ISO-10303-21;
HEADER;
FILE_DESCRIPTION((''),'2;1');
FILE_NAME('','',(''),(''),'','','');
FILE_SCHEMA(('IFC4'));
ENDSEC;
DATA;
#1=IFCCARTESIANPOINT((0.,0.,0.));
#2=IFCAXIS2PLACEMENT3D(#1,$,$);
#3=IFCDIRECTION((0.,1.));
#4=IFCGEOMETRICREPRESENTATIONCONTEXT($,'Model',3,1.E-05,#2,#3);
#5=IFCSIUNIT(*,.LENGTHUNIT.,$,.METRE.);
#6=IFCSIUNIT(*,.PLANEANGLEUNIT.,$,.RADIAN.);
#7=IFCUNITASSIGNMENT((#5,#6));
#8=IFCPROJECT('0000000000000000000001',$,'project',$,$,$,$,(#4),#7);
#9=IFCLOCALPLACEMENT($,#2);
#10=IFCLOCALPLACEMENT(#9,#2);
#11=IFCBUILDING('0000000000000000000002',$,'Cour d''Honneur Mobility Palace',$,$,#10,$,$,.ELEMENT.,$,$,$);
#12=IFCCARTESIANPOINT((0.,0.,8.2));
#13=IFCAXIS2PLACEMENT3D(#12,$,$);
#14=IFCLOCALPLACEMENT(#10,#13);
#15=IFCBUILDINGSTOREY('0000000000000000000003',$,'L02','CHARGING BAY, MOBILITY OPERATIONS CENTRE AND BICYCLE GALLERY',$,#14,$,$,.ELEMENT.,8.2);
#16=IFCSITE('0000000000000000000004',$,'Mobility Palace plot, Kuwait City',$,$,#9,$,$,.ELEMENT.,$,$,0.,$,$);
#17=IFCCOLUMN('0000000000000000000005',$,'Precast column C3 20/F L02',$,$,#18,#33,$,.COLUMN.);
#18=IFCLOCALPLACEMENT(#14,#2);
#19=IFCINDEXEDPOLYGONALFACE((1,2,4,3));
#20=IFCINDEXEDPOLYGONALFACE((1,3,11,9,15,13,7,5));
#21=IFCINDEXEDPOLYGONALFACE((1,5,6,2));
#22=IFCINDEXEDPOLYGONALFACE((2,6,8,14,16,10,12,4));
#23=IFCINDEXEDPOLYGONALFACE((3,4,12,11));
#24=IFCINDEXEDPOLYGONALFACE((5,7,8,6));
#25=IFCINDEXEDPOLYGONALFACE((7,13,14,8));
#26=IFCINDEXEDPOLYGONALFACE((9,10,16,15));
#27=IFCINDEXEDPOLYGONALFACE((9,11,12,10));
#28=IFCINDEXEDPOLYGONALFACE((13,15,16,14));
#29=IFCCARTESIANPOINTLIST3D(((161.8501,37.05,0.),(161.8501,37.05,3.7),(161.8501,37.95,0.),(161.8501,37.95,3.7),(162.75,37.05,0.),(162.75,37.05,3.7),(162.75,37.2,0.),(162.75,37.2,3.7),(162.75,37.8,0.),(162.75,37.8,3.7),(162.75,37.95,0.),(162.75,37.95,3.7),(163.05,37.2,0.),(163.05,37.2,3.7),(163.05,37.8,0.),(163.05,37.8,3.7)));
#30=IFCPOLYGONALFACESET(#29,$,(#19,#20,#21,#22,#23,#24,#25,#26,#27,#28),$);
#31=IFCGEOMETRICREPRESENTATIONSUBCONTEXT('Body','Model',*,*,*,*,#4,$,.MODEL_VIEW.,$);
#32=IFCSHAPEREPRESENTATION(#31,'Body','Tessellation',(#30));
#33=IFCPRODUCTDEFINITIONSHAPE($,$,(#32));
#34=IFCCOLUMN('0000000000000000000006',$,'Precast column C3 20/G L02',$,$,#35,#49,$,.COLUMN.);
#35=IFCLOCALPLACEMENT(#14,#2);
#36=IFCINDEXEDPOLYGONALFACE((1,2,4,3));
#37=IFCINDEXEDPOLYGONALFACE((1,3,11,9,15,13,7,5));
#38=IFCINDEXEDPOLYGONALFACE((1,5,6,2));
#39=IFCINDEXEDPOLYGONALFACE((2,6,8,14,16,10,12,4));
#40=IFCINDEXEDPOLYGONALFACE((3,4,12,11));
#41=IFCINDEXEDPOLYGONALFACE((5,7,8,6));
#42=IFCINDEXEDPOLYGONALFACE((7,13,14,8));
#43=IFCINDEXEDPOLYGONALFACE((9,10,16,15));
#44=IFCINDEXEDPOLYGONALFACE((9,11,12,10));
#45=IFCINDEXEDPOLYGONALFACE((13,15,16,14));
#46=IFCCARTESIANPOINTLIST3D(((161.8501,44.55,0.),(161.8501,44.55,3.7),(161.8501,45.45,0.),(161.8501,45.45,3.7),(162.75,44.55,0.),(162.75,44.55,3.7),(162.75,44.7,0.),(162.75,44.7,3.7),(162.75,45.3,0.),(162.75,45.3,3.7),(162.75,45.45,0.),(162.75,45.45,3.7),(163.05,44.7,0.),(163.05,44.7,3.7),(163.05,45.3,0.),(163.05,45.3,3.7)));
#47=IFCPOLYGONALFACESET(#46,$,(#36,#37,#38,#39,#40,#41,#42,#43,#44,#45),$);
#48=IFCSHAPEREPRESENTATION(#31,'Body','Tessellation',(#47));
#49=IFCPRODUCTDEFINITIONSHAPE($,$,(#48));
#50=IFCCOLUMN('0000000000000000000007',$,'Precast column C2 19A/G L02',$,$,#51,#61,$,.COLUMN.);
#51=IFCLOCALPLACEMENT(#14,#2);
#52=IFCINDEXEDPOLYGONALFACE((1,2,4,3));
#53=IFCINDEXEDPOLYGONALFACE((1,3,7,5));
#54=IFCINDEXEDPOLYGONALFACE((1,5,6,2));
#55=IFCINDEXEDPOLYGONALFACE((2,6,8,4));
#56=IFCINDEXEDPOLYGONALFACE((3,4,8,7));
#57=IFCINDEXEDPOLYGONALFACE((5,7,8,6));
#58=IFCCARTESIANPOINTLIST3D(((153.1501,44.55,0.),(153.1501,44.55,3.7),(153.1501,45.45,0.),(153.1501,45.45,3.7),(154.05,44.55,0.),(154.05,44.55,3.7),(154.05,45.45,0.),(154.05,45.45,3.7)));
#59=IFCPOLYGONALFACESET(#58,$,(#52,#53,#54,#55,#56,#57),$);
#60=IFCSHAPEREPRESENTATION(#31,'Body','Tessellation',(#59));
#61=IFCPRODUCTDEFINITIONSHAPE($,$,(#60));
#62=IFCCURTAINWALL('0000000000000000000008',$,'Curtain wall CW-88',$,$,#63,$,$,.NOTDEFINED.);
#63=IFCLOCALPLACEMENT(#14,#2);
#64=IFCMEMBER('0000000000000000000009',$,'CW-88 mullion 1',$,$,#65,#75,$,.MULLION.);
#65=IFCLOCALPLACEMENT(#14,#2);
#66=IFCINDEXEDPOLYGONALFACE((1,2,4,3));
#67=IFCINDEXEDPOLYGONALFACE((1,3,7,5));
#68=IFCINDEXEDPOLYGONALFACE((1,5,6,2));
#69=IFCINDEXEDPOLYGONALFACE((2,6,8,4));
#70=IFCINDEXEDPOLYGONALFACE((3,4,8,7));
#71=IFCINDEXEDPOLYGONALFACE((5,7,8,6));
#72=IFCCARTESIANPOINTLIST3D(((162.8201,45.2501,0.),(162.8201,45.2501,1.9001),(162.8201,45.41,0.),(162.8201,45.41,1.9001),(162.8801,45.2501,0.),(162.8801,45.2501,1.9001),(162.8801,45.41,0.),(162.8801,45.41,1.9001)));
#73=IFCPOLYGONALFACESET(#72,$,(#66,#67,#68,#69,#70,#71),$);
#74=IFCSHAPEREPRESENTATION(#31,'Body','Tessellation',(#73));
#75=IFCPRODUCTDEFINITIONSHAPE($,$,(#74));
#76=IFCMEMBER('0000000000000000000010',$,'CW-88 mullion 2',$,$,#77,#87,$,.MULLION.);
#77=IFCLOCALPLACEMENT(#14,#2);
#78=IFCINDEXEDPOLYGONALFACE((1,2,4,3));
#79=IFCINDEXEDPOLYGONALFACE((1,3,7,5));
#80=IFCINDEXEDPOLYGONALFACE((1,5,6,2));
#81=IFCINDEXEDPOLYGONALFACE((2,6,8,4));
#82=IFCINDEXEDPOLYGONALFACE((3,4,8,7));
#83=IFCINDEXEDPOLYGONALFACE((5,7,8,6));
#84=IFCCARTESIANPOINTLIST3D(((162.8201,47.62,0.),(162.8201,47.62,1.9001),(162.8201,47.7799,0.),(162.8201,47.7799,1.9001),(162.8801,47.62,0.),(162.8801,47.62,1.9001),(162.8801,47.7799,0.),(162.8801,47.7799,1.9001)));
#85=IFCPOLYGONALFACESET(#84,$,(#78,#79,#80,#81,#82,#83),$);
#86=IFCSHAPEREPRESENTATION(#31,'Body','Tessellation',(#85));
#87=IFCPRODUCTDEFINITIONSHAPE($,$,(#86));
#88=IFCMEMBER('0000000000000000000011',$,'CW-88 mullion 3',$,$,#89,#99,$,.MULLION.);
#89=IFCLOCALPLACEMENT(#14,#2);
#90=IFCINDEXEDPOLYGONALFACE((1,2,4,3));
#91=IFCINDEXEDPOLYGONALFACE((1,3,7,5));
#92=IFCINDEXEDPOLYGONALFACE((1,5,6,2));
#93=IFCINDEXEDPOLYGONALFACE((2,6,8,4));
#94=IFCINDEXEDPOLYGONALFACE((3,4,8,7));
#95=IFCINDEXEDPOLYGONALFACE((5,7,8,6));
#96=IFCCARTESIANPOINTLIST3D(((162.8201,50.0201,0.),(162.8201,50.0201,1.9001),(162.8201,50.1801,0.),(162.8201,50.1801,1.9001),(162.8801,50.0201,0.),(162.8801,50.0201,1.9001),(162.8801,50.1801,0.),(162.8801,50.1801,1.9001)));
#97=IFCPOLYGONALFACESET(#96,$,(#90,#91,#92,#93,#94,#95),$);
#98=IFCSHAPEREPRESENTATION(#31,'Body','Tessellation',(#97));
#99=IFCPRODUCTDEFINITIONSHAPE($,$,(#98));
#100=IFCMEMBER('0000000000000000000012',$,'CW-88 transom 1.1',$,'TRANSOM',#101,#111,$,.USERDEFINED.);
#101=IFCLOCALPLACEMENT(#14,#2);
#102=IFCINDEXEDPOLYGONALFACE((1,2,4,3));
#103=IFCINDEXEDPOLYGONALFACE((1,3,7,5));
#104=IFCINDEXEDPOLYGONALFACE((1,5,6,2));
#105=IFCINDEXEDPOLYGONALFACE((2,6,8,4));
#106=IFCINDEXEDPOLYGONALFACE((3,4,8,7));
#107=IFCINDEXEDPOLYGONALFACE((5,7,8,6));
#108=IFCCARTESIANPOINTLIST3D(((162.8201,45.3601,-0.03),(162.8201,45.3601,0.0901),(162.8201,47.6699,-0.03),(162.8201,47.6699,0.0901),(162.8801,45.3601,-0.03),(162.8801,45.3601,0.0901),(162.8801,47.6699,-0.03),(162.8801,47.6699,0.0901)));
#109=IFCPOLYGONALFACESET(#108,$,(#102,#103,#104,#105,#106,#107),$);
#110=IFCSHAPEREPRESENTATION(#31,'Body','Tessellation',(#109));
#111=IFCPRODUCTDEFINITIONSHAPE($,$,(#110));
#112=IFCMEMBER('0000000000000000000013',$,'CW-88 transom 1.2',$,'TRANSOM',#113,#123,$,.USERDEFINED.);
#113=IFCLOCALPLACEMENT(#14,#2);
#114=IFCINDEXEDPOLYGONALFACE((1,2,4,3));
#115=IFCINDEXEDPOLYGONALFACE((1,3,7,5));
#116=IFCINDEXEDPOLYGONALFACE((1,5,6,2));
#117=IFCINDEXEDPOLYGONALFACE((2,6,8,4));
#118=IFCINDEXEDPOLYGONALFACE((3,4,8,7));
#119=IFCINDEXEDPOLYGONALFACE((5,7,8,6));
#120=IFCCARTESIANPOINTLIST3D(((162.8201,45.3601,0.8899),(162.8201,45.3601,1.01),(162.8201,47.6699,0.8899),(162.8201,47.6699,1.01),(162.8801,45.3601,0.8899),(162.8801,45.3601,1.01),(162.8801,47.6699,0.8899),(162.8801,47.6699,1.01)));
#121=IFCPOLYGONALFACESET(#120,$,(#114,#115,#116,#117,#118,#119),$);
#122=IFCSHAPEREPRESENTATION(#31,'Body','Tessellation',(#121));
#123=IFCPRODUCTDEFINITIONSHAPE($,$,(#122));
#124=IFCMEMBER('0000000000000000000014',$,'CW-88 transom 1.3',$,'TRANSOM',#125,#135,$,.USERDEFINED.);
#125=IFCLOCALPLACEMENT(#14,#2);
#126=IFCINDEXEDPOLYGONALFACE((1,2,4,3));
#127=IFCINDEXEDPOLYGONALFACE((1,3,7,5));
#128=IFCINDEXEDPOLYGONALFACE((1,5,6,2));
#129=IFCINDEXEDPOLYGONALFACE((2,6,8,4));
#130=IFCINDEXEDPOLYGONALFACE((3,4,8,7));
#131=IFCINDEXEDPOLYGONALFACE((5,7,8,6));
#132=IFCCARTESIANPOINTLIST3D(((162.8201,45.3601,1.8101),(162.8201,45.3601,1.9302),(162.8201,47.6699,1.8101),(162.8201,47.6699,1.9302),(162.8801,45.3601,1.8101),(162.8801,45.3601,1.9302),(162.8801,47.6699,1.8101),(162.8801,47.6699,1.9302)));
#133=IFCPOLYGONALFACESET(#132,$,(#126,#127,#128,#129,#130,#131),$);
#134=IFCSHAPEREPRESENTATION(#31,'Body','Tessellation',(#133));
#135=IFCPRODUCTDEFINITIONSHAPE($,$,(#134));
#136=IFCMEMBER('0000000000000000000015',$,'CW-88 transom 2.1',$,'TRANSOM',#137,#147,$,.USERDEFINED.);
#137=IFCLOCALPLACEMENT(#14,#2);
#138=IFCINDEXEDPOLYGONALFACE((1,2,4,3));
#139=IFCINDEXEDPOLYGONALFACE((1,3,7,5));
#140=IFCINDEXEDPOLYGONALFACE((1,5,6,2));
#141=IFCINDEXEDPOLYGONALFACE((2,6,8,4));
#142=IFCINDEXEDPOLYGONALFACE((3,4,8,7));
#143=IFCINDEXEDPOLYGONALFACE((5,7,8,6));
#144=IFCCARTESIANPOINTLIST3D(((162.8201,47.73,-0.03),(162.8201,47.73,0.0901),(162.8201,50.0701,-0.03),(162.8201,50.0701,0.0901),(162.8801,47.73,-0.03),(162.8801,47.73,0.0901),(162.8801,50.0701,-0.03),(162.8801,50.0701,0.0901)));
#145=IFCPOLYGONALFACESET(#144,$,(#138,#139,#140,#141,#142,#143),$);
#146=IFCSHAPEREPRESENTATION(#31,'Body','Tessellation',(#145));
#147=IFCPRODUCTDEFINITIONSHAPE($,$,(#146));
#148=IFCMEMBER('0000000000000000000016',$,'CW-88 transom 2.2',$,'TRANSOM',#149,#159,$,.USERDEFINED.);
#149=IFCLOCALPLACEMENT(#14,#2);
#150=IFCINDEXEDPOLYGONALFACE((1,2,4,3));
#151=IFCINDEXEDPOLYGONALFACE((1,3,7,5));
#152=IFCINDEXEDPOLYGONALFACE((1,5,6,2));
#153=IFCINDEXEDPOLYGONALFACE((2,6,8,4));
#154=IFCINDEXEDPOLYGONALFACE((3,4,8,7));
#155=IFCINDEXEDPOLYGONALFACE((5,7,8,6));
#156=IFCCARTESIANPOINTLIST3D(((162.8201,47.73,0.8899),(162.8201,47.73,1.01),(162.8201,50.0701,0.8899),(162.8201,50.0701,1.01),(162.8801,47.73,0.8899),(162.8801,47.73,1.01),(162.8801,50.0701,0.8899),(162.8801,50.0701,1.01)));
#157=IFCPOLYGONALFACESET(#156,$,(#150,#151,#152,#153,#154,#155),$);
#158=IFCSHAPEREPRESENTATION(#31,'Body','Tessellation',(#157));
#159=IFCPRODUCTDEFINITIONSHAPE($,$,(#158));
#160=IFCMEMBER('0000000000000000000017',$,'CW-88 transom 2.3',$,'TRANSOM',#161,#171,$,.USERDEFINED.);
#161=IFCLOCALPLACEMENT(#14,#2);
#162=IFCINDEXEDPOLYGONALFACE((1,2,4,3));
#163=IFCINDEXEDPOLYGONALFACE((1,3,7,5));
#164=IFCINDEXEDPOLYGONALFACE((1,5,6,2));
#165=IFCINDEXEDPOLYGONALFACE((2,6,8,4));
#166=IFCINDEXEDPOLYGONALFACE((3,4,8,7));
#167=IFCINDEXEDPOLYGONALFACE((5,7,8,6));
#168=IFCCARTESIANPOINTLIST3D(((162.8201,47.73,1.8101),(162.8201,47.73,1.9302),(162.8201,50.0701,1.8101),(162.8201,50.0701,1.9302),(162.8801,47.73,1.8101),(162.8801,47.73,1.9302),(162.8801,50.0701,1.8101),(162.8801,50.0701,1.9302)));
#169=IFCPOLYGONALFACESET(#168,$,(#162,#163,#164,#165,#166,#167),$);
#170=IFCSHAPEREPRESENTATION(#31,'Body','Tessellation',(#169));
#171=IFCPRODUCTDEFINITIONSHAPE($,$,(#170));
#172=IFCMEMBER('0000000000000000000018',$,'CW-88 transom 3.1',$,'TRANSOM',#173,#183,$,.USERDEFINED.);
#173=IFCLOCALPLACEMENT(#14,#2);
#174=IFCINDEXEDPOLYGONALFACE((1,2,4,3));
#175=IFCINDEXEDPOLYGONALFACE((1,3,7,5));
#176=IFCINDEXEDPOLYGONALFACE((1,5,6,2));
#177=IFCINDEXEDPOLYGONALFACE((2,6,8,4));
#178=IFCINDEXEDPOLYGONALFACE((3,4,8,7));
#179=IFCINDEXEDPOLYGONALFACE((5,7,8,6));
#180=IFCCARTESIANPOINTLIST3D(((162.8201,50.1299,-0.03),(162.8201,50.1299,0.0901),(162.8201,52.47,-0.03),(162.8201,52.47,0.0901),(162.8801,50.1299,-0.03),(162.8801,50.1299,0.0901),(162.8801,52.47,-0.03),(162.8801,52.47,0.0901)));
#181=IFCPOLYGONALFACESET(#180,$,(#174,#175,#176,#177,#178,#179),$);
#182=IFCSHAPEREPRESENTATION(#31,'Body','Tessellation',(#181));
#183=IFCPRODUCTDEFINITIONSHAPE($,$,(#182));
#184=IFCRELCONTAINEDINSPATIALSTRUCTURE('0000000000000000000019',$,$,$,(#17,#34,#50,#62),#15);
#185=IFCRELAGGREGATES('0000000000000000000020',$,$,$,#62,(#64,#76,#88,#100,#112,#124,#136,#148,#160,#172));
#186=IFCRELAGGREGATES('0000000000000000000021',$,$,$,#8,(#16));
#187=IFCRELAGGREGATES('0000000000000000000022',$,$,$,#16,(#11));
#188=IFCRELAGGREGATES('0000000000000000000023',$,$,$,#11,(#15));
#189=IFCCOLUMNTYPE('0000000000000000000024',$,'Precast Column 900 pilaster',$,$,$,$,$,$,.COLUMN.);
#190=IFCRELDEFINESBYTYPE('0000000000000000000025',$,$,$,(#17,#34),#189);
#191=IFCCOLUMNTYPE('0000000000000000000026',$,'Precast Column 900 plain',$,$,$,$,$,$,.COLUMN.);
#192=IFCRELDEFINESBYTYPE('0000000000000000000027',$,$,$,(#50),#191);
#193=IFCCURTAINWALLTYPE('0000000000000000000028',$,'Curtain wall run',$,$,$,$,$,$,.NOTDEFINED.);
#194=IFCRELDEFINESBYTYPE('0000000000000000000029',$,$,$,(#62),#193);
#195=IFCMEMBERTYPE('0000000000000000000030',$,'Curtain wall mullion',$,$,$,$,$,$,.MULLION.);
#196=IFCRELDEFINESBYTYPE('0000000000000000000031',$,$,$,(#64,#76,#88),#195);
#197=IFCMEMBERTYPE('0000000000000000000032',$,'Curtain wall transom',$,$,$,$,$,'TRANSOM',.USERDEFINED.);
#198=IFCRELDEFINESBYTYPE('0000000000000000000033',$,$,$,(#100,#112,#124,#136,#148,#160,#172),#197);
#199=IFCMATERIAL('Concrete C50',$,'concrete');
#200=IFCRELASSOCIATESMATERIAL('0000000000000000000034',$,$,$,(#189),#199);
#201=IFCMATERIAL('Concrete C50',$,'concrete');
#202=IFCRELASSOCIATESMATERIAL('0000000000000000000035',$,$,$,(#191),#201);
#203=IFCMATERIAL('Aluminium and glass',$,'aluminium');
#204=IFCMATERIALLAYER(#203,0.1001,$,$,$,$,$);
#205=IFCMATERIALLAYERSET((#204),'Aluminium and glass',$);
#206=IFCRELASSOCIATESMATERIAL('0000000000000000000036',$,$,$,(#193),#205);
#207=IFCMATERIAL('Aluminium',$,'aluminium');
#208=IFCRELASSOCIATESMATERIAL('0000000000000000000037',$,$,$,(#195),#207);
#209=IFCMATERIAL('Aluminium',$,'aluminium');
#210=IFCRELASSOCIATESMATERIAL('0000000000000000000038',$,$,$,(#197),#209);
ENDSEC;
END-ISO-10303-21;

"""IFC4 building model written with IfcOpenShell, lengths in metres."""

from ifc_helpers import new_model, si_unit, direction, frame, origin, origin_2d, place, context, subcontext, project, spatial, polyline, rectangle, outline, extrude, material, layer, layer_set, material_profile, profile_set, type_object, element, aggregate, save


model = new_model("IFC4")

# Units and contexts
model_context = context("Model", 3, precision=1e-05, world=origin(), true_north=direction((0.0, 1.0)))
body_context = subcontext(model_context, "Body", "Model", "MODEL_VIEW")
ifc_project = project(units=[si_unit("LENGTHUNIT", "METRE"), si_unit("PLANEANGLEUNIT", "RADIAN")], contexts=[model_context])

# Site, building, storey
site_placement = place(None, origin())
site = spatial("IfcSite", under=ifc_project, at=site_placement, Name="Mobility Palace plot, Kuwait City", CompositionType="ELEMENT", RefElevation=0.0)
building_placement = place(site_placement, origin())
building = spatial("IfcBuilding", under=site, at=building_placement, Name="Cour d'Honneur Mobility Palace", CompositionType="ELEMENT")
storey_placement = place(building_placement, frame((0.0, 0.0, 8.2)))
storey = spatial("IfcBuildingStorey", under=building, at=storey_placement, Name="L02", Description="CHARGING BAY, MOBILITY OPERATIONS CENTRE AND BICYCLE GALLERY", CompositionType="ELEMENT", Elevation=8.2)

# Columns
ifc_material_1 = material(Name="Concrete C50", Category="concrete")
ifc_material_profile_1 = material_profile(ifc_material_1, outline(polyline([(-0.45, -0.45), (0.45, -0.45), (0.45, -0.3), (0.75, -0.3), (0.75, 0.3), (0.45, 0.3), (0.45, 0.45), (-0.45, 0.45), (-0.45, -0.45)])), Name="PC C900 pilaster")
ifc_profile_set_1 = profile_set([ifc_material_profile_1], Name="Concrete C50")
column_type_1 = type_object("IfcColumnType", Name="Precast Column 900 pilaster", PredefinedType="COLUMN", material=ifc_profile_set_1)
for number, where, z_axis, x_axis, name in (
    (1, (162.3, 37.5, 0.0), (0.0, 0.0, 1.0), (1.0, 0.0, 0.0), "Precast column C3 20/F L02"),
    (2, (162.3, 45.0, 0.0), (0.0, 0.0, 1.0), (1.0, 0.0, 0.0), "Precast column C3 20/G L02"),
):
    element("IfcColumn", number, at=place(storey_placement, frame(where, z_axis=z_axis, x_axis=x_axis)), inside=storey, type_object=column_type_1, Name=name, PredefinedType="COLUMN", context=body_context, shape_type="SweptSolid", body=[
        extrude(outline(polyline([(-0.45, -0.45), (0.45, -0.45), (0.45, -0.3), (0.75, -0.3), (0.75, 0.3), (0.45, 0.3), (0.45, 0.45), (-0.45, 0.45), (-0.45, -0.45)])), origin(), (0.0, 0.0, 1.0), 3.7),
    ])
ifc_material_2 = material(Name="Concrete C50", Category="concrete")
ifc_material_profile_2 = material_profile(ifc_material_2, outline(polyline([(-0.45, -0.45), (0.45, -0.45), (0.45, 0.45), (-0.45, 0.45), (-0.45, -0.45)])), Name="PC C900 plain")
ifc_profile_set_2 = profile_set([ifc_material_profile_2], Name="Concrete C50")
column_type_2 = type_object("IfcColumnType", Name="Precast Column 900 plain", PredefinedType="COLUMN", material=ifc_profile_set_2)
column_placement = place(storey_placement, frame((153.6001, 45.0, 0.0), z_axis=(0.0, 0.0, 1.0), x_axis=(1.0, 0.0, 0.0)))
element("IfcColumn", 3, at=column_placement, inside=storey, type_object=column_type_2, Name="Precast column C2 19A/G L02", PredefinedType="COLUMN", context=body_context, shape_type="SweptSolid", body=[
    extrude(outline(polyline([(-0.45, -0.45), (0.45, -0.45), (0.45, 0.45), (-0.45, 0.45), (-0.45, -0.45)])), origin(), (0.0, 0.0, 1.0), 3.7),
])

# Curtain wall, members
ifc_material_3 = material(Name="Aluminium and glass", Category="aluminium")
ifc_layer_1 = layer(ifc_material_3, 0.1001)
ifc_layer_set_1 = layer_set([ifc_layer_1], Name="Aluminium and glass")
curtain_wall_type = type_object("IfcCurtainWallType", Name="Curtain wall run", PredefinedType="NOTDEFINED", material=ifc_layer_set_1)
curtain_wall_placement = place(storey_placement, origin())
curtain_wall = element("IfcCurtainWall", 4, at=curtain_wall_placement, inside=storey, type_object=curtain_wall_type, Name="Curtain wall CW-88", PredefinedType="NOTDEFINED")
ifc_material_4 = material(Name="Aluminium", Category="aluminium")
ifc_material_profile_3 = material_profile(ifc_material_4, rectangle(XDim=0.0601, YDim=0.1599, at=origin_2d()), Name="Curtain wall mullion")
ifc_profile_set_3 = profile_set([ifc_material_profile_3], Name="Aluminium")
member_type_1 = type_object("IfcMemberType", Name="Curtain wall mullion", PredefinedType="MULLION", material=ifc_profile_set_3)
member_1_placement = place(storey_placement, frame((162.8501, 45.3301, 0.0), z_axis=(0.0, 0.0, 1.0), x_axis=(-1.0, 0.0, 0.0)))
member_1 = element("IfcMember", 5, at=member_1_placement, type_object=member_type_1, Name="CW-88 mullion 1", PredefinedType="MULLION", context=body_context, shape_type="SweptSolid", body=[
    extrude(rectangle(XDim=0.0601, YDim=0.1599, at=origin_2d()), origin(), (0.0, 0.0, 1.0), 1.9001),
])
member_2_placement = place(storey_placement, frame((162.8501, 47.7, 0.0), z_axis=(0.0, 0.0, 1.0), x_axis=(-1.0, 0.0, 0.0)))
member_2 = element("IfcMember", 6, at=member_2_placement, type_object=member_type_1, Name="CW-88 mullion 2", PredefinedType="MULLION", context=body_context, shape_type="SweptSolid", body=[
    extrude(rectangle(XDim=0.0601, YDim=0.1599, at=origin_2d()), origin(), (0.0, 0.0, 1.0), 1.9001),
])
member_3_placement = place(storey_placement, frame((162.8501, 50.1001, 0.0), z_axis=(0.0, 0.0, 1.0), x_axis=(-1.0, 0.0, 0.0)))
member_3 = element("IfcMember", 7, at=member_3_placement, type_object=member_type_1, Name="CW-88 mullion 3", PredefinedType="MULLION", context=body_context, shape_type="SweptSolid", body=[
    extrude(rectangle(XDim=0.0601, YDim=0.1599, at=origin_2d()), origin(), (0.0, 0.0, 1.0), 1.9001),
])
ifc_material_5 = material(Name="Aluminium", Category="aluminium")
ifc_material_profile_4 = material_profile(ifc_material_5, rectangle(XDim=0.0601, YDim=0.1201, at=origin_2d()), Name="Curtain wall transom")
ifc_profile_set_4 = profile_set([ifc_material_profile_4], Name="Aluminium")
member_type_2 = type_object("IfcMemberType", Name="Curtain wall transom", ElementType="TRANSOM", PredefinedType="USERDEFINED", material=ifc_profile_set_4)
member_4_placement = place(storey_placement, frame((162.8501, 45.3601, 0.03), z_axis=(0.0, 1.0, 0.0), x_axis=(-1.0, 0.0, 0.0)))
member_4 = element("IfcMember", 8, at=member_4_placement, type_object=member_type_2, Name="CW-88 transom 1.1", ObjectType="TRANSOM", PredefinedType="USERDEFINED", context=body_context, shape_type="SweptSolid", body=[
    extrude(rectangle(XDim=0.0601, YDim=0.1201, at=origin_2d()), origin(), (0.0, 0.0, 1.0), 2.3098),
])
member_5_placement = place(storey_placement, frame((162.8501, 45.3601, 0.95), z_axis=(0.0, 1.0, 0.0), x_axis=(-1.0, 0.0, 0.0)))
member_5 = element("IfcMember", 9, at=member_5_placement, type_object=member_type_2, Name="CW-88 transom 1.2", ObjectType="TRANSOM", PredefinedType="USERDEFINED", context=body_context, shape_type="SweptSolid", body=[
    extrude(rectangle(XDim=0.0601, YDim=0.1201, at=origin_2d()), origin(), (0.0, 0.0, 1.0), 2.3098),
])
member_6_placement = place(storey_placement, frame((162.8501, 45.3601, 1.8701), z_axis=(0.0, 1.0, 0.0), x_axis=(-1.0, 0.0, 0.0)))
member_6 = element("IfcMember", 10, at=member_6_placement, type_object=member_type_2, Name="CW-88 transom 1.3", ObjectType="TRANSOM", PredefinedType="USERDEFINED", context=body_context, shape_type="SweptSolid", body=[
    extrude(rectangle(XDim=0.0601, YDim=0.1201, at=origin_2d()), origin(), (0.0, 0.0, 1.0), 2.3098),
])
member_7_placement = place(storey_placement, frame((162.8501, 47.73, 0.03), z_axis=(0.0, 1.0, 0.0), x_axis=(-1.0, 0.0, 0.0)))
member_7 = element("IfcMember", 11, at=member_7_placement, type_object=member_type_2, Name="CW-88 transom 2.1", ObjectType="TRANSOM", PredefinedType="USERDEFINED", context=body_context, shape_type="SweptSolid", body=[
    extrude(rectangle(XDim=0.0601, YDim=0.1201, at=origin_2d()), origin(), (0.0, 0.0, 1.0), 2.3401),
])
member_8_placement = place(storey_placement, frame((162.8501, 47.73, 0.95), z_axis=(0.0, 1.0, 0.0), x_axis=(-1.0, 0.0, 0.0)))
member_8 = element("IfcMember", 12, at=member_8_placement, type_object=member_type_2, Name="CW-88 transom 2.2", ObjectType="TRANSOM", PredefinedType="USERDEFINED", context=body_context, shape_type="SweptSolid", body=[
    extrude(rectangle(XDim=0.0601, YDim=0.1201, at=origin_2d()), origin(), (0.0, 0.0, 1.0), 2.3401),
])
member_9_placement = place(storey_placement, frame((162.8501, 47.73, 1.8701), z_axis=(0.0, 1.0, 0.0), x_axis=(-1.0, 0.0, 0.0)))
member_9 = element("IfcMember", 13, at=member_9_placement, type_object=member_type_2, Name="CW-88 transom 2.3", ObjectType="TRANSOM", PredefinedType="USERDEFINED", context=body_context, shape_type="SweptSolid", body=[
    extrude(rectangle(XDim=0.0601, YDim=0.1201, at=origin_2d()), origin(), (0.0, 0.0, 1.0), 2.3401),
])
member_10_placement = place(storey_placement, frame((162.8501, 50.1299, 0.03), z_axis=(0.0, 1.0, 0.0), x_axis=(-1.0, 0.0, 0.0)))
member_10 = element("IfcMember", 14, at=member_10_placement, type_object=member_type_2, Name="CW-88 transom 3.1", ObjectType="TRANSOM", PredefinedType="USERDEFINED", context=body_context, shape_type="SweptSolid", body=[
    extrude(rectangle(XDim=0.0601, YDim=0.1201, at=origin_2d()), origin(), (0.0, 0.0, 1.0), 2.3401),
])

aggregate(curtain_wall, [member_1, member_2, member_3, member_4, member_5, member_6, member_7, member_8, member_9, member_10])

save(model, "model.ifc")
